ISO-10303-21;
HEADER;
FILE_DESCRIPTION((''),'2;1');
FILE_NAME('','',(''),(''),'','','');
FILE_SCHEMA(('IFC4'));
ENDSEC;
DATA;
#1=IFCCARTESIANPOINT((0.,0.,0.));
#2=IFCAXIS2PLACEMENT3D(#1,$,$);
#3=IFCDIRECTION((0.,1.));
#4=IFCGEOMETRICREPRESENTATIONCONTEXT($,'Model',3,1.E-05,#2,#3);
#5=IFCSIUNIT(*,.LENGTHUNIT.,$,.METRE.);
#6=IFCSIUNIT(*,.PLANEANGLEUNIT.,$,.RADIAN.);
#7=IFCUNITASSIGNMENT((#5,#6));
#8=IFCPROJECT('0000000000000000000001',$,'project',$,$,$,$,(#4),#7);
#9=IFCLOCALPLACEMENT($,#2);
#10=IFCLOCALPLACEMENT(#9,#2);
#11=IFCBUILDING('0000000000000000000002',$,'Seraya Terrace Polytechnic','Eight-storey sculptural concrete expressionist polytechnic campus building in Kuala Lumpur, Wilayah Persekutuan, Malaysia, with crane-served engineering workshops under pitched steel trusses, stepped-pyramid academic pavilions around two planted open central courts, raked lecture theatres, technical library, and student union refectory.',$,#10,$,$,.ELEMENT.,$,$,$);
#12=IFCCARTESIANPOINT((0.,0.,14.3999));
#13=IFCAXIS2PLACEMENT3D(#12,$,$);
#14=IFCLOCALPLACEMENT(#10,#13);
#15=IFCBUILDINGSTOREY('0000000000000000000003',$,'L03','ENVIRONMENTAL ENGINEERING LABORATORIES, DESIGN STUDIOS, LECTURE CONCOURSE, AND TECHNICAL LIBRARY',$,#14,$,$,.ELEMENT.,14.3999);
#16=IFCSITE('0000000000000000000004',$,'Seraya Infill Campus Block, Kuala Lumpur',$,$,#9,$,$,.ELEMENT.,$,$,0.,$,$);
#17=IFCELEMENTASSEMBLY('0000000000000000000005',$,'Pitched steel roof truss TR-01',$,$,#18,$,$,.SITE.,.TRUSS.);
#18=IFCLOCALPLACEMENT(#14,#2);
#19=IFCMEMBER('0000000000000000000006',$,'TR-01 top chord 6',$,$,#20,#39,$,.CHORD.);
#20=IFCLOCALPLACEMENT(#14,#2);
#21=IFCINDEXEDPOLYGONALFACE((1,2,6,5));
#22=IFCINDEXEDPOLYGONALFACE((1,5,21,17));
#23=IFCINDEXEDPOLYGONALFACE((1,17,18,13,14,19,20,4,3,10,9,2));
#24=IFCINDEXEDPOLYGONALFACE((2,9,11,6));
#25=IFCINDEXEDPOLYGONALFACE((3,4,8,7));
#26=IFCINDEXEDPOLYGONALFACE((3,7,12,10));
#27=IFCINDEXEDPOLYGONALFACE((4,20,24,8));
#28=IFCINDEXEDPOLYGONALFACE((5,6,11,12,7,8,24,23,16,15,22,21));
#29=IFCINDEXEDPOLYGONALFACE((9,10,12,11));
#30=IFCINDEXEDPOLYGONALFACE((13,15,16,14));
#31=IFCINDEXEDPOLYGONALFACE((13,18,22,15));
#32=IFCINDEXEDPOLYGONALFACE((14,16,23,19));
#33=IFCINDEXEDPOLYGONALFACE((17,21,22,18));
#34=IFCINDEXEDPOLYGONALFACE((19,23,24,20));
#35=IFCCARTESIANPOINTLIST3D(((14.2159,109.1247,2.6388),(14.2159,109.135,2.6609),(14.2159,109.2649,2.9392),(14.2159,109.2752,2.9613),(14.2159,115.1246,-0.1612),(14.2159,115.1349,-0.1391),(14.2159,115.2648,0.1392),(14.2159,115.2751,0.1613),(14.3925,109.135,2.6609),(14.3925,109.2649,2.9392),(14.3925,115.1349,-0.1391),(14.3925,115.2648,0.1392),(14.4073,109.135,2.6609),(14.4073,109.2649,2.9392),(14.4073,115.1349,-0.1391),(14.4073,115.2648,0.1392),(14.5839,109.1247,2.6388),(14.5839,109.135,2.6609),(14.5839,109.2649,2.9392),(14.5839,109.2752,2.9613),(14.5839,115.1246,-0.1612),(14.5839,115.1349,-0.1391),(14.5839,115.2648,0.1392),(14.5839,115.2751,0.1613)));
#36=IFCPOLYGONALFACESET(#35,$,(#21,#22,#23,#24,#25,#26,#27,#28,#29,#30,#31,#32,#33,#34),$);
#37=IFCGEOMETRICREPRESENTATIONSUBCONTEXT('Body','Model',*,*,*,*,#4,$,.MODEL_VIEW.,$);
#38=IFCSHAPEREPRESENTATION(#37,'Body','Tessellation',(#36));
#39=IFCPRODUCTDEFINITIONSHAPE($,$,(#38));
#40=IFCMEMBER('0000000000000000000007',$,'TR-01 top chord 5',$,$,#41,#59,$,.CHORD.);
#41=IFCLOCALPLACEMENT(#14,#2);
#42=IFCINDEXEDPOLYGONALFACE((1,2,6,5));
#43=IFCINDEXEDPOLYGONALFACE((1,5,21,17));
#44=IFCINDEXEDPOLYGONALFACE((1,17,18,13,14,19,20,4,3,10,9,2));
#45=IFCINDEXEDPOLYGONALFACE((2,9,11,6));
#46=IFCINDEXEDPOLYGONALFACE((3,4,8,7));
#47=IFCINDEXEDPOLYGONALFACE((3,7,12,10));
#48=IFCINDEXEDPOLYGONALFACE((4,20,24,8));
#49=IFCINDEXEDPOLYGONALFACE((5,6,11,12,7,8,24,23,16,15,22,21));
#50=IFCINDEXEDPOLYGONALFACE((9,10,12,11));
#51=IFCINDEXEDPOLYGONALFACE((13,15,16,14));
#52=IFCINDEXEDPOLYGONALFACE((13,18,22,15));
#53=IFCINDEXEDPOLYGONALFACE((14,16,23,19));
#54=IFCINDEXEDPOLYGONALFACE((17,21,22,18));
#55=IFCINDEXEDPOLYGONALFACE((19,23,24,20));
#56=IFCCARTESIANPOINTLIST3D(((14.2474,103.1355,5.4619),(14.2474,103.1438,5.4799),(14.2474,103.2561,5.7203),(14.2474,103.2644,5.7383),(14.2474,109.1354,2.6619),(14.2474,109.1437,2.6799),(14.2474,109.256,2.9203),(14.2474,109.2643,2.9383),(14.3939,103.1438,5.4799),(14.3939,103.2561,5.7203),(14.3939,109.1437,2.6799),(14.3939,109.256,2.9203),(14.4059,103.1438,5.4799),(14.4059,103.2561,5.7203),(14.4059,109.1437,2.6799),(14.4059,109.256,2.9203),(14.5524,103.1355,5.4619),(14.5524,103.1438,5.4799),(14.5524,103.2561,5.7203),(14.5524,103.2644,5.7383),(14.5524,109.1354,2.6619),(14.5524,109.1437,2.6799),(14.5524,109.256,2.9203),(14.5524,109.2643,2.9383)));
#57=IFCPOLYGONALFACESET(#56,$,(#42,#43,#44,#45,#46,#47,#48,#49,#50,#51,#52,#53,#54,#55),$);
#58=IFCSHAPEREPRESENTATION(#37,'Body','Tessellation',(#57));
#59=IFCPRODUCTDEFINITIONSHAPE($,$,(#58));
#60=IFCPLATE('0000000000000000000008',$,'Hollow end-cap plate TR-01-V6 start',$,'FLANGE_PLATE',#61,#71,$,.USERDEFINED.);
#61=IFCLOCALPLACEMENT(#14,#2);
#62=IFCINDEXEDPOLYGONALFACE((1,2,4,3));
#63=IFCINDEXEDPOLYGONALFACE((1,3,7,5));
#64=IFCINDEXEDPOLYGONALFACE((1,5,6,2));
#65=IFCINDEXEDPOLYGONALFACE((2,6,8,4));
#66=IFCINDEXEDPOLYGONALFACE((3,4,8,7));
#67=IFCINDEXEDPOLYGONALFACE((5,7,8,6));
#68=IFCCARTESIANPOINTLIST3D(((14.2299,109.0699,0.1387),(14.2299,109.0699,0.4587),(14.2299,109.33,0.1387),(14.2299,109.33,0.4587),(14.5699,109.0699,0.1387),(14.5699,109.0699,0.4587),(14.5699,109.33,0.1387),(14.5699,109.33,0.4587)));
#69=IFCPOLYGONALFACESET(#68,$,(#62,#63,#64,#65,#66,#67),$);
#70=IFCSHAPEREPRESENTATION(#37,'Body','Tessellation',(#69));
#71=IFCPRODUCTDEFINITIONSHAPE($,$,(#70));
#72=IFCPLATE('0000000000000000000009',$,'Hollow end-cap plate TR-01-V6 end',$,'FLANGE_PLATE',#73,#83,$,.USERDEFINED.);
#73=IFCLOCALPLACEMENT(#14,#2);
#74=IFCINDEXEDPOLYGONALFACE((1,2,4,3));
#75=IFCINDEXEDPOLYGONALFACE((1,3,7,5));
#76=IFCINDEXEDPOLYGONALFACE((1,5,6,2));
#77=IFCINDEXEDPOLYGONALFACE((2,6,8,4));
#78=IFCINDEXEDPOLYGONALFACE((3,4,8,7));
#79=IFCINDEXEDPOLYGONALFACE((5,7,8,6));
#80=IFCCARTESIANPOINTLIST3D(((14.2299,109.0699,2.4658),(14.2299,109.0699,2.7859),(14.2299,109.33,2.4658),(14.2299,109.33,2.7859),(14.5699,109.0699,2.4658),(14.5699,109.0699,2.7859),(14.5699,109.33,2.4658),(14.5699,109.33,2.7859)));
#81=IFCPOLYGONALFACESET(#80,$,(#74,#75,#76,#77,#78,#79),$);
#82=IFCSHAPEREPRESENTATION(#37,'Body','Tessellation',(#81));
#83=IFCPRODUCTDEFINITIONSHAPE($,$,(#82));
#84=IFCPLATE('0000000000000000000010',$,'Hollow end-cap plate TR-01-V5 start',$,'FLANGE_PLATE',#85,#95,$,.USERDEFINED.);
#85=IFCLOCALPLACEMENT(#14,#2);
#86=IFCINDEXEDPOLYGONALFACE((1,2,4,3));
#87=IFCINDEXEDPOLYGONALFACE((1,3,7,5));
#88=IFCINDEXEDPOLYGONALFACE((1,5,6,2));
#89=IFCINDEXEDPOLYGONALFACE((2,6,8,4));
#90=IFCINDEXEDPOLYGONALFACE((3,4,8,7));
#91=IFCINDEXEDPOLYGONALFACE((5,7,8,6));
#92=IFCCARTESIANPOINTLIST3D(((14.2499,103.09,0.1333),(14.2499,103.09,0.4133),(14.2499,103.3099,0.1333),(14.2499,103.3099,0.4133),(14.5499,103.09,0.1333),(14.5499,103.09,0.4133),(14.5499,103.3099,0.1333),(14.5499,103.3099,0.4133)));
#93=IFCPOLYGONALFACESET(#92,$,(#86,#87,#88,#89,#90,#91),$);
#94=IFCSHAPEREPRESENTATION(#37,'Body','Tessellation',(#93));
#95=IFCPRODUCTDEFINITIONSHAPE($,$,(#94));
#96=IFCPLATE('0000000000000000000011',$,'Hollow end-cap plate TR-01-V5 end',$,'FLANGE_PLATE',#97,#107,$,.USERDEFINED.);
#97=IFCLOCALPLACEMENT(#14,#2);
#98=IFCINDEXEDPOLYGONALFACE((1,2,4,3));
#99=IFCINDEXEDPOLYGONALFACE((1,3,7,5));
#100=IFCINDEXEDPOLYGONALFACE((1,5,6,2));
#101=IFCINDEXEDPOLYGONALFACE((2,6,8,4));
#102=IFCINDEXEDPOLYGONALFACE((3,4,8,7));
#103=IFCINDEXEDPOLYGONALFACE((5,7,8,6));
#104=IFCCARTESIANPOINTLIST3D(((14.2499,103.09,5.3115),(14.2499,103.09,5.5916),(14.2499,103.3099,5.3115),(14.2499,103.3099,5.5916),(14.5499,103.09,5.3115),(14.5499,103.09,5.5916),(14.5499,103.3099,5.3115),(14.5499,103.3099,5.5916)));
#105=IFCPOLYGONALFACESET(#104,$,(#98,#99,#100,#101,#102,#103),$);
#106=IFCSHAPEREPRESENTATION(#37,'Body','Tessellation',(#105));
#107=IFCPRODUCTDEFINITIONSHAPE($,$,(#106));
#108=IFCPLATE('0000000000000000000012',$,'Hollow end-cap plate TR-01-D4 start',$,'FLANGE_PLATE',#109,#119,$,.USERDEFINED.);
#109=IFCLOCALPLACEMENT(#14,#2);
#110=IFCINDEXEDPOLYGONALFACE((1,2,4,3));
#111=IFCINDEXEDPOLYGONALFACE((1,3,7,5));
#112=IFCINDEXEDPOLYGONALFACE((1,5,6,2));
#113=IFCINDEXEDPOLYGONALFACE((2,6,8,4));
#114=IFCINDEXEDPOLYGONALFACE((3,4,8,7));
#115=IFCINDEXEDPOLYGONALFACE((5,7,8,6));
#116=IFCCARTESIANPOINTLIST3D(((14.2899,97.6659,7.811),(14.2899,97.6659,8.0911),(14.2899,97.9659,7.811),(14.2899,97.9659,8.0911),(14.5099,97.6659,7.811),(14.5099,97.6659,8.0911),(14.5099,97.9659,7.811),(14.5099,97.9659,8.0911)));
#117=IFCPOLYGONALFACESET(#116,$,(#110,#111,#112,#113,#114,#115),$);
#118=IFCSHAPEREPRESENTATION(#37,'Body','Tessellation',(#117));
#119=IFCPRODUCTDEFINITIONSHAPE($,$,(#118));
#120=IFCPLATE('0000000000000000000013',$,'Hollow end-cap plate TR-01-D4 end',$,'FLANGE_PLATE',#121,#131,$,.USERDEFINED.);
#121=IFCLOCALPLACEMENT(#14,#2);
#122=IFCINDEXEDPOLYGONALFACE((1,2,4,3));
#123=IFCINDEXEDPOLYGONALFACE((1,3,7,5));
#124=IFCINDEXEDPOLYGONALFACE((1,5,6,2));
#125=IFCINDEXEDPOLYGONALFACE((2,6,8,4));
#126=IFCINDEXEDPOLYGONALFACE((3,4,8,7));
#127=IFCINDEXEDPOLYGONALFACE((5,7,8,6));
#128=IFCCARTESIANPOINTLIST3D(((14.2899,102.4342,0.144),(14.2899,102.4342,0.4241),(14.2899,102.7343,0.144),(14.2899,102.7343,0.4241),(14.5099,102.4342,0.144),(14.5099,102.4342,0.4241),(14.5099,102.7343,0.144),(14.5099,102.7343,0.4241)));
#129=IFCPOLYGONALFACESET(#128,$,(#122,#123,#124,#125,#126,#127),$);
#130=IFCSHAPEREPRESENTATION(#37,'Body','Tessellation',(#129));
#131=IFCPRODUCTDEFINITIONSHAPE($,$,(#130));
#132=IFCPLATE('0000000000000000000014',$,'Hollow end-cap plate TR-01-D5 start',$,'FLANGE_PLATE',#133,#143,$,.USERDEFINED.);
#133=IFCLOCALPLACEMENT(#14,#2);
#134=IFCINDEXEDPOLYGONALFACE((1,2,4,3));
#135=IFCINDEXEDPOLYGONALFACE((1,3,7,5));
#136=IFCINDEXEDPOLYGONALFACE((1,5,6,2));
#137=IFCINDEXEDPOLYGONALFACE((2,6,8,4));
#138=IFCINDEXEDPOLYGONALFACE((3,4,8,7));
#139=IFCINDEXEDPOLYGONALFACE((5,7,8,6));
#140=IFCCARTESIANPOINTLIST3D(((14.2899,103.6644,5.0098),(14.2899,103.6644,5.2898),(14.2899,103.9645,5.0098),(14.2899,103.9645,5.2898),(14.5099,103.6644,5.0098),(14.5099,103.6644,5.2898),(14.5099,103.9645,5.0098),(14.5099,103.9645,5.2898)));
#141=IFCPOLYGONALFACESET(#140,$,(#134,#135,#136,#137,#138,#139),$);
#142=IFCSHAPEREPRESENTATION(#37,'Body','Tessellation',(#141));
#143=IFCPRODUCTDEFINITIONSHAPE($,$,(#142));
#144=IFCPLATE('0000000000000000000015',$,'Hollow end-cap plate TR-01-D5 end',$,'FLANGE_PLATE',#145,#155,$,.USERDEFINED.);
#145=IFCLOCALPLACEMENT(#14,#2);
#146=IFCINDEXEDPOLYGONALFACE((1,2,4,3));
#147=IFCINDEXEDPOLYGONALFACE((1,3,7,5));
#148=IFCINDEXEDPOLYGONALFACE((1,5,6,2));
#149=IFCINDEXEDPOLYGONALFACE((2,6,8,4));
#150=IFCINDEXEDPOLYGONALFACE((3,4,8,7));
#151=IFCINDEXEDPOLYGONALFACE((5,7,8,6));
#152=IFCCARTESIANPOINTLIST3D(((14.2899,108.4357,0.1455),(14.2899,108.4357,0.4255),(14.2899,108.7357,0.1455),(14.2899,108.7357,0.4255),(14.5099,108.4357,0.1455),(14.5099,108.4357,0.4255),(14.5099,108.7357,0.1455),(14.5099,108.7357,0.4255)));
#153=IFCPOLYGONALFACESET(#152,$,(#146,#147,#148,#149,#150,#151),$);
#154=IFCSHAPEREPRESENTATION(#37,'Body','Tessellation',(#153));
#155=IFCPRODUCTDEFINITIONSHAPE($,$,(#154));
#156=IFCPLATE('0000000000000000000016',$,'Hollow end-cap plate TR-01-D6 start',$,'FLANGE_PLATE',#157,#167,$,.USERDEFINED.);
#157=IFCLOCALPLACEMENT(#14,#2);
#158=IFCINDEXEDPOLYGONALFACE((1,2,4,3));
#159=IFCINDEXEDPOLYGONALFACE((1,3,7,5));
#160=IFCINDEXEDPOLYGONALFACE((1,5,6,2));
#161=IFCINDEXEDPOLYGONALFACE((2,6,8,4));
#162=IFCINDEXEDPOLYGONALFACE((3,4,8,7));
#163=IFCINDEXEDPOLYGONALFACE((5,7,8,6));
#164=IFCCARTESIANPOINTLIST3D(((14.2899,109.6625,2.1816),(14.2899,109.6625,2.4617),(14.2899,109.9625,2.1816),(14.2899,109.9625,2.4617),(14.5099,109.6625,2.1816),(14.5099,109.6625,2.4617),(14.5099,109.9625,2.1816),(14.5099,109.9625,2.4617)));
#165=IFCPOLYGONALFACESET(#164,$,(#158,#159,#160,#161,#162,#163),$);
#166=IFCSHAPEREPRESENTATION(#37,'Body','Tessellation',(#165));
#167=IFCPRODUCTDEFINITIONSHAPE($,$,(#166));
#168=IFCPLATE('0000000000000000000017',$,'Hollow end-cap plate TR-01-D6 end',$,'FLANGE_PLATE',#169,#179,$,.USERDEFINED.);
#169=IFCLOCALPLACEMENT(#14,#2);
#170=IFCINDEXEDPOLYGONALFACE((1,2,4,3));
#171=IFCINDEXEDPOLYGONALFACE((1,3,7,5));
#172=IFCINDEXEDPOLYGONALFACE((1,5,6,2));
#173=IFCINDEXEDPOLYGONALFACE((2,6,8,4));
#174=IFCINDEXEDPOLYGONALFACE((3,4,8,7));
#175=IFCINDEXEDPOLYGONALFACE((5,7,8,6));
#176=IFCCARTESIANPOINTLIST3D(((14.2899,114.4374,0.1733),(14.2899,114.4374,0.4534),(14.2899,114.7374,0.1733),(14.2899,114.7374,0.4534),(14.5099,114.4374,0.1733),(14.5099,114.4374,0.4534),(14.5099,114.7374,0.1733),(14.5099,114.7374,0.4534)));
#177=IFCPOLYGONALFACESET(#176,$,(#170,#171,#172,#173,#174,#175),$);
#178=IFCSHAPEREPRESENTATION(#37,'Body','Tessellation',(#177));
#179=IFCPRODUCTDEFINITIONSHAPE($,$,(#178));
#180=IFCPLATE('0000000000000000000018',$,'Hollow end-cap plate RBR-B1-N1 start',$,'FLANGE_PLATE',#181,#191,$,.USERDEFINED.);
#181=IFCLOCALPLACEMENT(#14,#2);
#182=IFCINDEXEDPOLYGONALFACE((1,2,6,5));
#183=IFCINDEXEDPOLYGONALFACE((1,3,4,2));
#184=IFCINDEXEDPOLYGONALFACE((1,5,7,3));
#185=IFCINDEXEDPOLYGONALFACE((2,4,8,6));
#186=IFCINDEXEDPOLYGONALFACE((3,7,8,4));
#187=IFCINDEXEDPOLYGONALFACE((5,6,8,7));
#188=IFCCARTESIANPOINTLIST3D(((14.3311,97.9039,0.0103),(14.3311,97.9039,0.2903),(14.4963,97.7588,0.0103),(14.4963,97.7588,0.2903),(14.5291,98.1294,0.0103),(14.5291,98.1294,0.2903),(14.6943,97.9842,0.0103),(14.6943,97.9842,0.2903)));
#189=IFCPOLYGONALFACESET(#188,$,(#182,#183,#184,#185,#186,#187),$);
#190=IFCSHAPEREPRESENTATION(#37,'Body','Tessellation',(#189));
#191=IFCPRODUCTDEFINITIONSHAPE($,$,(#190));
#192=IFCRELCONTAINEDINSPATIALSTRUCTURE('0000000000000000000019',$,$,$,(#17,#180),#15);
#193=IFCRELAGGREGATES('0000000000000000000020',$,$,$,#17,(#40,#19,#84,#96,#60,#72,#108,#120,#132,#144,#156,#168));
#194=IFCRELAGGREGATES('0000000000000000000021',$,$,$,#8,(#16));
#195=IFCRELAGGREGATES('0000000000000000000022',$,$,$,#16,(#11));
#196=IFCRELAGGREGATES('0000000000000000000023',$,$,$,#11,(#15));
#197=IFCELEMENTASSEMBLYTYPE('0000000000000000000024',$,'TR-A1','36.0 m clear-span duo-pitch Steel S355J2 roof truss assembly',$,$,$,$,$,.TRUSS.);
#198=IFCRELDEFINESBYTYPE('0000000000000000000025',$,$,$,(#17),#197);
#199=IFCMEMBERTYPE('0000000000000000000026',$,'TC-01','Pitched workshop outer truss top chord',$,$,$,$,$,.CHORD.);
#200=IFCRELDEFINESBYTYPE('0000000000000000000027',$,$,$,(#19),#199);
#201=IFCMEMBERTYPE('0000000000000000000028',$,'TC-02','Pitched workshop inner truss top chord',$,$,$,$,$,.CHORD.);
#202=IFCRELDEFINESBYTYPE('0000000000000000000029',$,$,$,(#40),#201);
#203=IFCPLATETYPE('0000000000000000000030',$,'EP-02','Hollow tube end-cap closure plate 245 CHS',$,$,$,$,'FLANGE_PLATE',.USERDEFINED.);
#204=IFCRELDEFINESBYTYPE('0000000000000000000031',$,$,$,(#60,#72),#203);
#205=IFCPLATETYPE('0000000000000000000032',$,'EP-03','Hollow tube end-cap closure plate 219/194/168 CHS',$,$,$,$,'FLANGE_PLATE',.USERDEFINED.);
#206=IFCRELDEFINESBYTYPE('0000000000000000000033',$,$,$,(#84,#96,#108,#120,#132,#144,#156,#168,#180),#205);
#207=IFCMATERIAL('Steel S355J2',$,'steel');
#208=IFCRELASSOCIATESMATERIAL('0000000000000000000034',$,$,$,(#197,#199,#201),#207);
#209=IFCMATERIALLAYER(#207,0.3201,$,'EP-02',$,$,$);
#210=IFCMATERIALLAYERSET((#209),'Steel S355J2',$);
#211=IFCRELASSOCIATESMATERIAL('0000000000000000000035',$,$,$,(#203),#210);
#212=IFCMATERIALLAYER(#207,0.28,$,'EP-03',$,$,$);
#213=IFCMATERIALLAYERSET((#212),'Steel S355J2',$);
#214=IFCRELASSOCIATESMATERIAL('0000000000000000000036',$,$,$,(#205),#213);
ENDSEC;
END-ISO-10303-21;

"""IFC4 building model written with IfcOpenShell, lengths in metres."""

from ifc_helpers import new_model, si_unit, direction, frame, origin, origin_2d, place, context, subcontext, project, spatial, rectangle, i_section, extrude, material, layer, layer_set, material_profile, profile_set, type_object, element, aggregate, save


model = new_model("IFC4")

# Units and contexts
model_context = context("Model", 3, precision=1e-05, world=origin(), true_north=direction((0.0, 1.0)))
body_context = subcontext(model_context, "Body", "Model", "MODEL_VIEW")
ifc_project = project(units=[si_unit("LENGTHUNIT", "METRE"), si_unit("PLANEANGLEUNIT", "RADIAN")], contexts=[model_context])

# Site, building, storey
site_placement = place(None, origin())
site = spatial("IfcSite", under=ifc_project, at=site_placement, Name="Seraya Infill Campus Block, Kuala Lumpur", CompositionType="ELEMENT", RefElevation=0.0)
building_placement = place(site_placement, origin())
building = spatial("IfcBuilding", under=site, at=building_placement, Name="Seraya Terrace Polytechnic", Description="Eight-storey sculptural concrete expressionist polytechnic campus building in Kuala Lumpur, Wilayah Persekutuan, Malaysia, with crane-served engineering workshops under pitched steel trusses, stepped-pyramid academic pavilions around two planted open central courts, raked lecture theatres, technical library, and student union refectory.", CompositionType="ELEMENT")
storey_placement = place(building_placement, frame((0.0, 0.0, 14.3999)))
storey = spatial("IfcBuildingStorey", under=building, at=storey_placement, Name="L03", Description="ENVIRONMENTAL ENGINEERING LABORATORIES, DESIGN STUDIOS, LECTURE CONCOURSE, AND TECHNICAL LIBRARY", CompositionType="ELEMENT", Elevation=14.3999)

# Element assembly
ifc_material_1 = material(Name="Steel S355J2", Category="steel")
element_assembly_type = type_object("IfcElementAssemblyType", Name="TR-A1", Description="36.0 m clear-span duo-pitch Steel S355J2 roof truss assembly", PredefinedType="TRUSS", material=ifc_material_1)
assembly_placement = place(storey_placement, origin())
assembly = element("IfcElementAssembly", 1, at=assembly_placement, inside=storey, type_object=element_assembly_type, Name="Pitched steel roof truss TR-01", AssemblyPlace="SITE", PredefinedType="TRUSS")

# Members
ifc_material_profile_1 = material_profile(ifc_material_1, i_section(OverallWidth=0.3679, OverallDepth=0.356, WebThickness=0.0149, FlangeThickness=0.0244, at=origin_2d()), Name="UKC 356x368x15.0x24.4")
ifc_profile_set_1 = profile_set([ifc_material_profile_1], Name="Steel S355J2")
member_type_1 = type_object("IfcMemberType", Name="TC-01", Description="Pitched workshop outer truss top chord", PredefinedType="CHORD", material=ifc_profile_set_1)
member_1_placement = place(storey_placement, frame((14.3999, 109.2, 2.8), z_axis=(0.0, 0.90618, -0.422892), x_axis=(-1.0, 0.0, 0.0)))
member_1 = element("IfcMember", 2, at=member_1_placement, type_object=member_type_1, Name="TR-01 top chord 6", PredefinedType="CHORD", context=body_context, shape_type="SweptSolid", body=[
    extrude(i_section(OverallWidth=0.3679, OverallDepth=0.356, WebThickness=0.0149, FlangeThickness=0.0244, at=origin_2d()), origin(), (0.0, 0.0, 1.0), 6.6211),
])
ifc_material_profile_2 = material_profile(ifc_material_1, i_section(OverallWidth=0.3049, OverallDepth=0.3049, WebThickness=0.012, FlangeThickness=0.0198, at=origin_2d()), Name="UKC 305x305x12.0x19.7")
ifc_profile_set_2 = profile_set([ifc_material_profile_2], Name="Steel S355J2")
member_type_2 = type_object("IfcMemberType", Name="TC-02", Description="Pitched workshop inner truss top chord", PredefinedType="CHORD", material=ifc_profile_set_2)
member_2_placement = place(storey_placement, frame((14.3999, 103.2, 5.6001), z_axis=(0.0, 0.90618, -0.422892), x_axis=(-1.0, 0.0, 0.0)))
member_2 = element("IfcMember", 3, at=member_2_placement, type_object=member_type_2, Name="TR-01 top chord 5", PredefinedType="CHORD", context=body_context, shape_type="SweptSolid", body=[
    extrude(i_section(OverallWidth=0.3049, OverallDepth=0.3049, WebThickness=0.012, FlangeThickness=0.0198, at=origin_2d()), origin(), (0.0, 0.0, 1.0), 6.6211),
])

# Plates
ifc_layer_1 = layer(ifc_material_1, 0.3201, Name="EP-02")
ifc_layer_set_1 = layer_set([ifc_layer_1], Name="Steel S355J2")
plate_type_1 = type_object("IfcPlateType", Name="EP-02", Description="Hollow tube end-cap closure plate 245 CHS", ElementType="FLANGE_PLATE", PredefinedType="USERDEFINED", material=ifc_layer_set_1)
plate_1_placement = place(storey_placement, frame((14.3999, 109.2, 0.1387), z_axis=(0.0, 0.0, 1.0), x_axis=(1.0, 0.0, 0.0)))
plate_1 = element("IfcPlate", 4, at=plate_1_placement, type_object=plate_type_1, Name="Hollow end-cap plate TR-01-V6 start", ObjectType="FLANGE_PLATE", PredefinedType="USERDEFINED", context=body_context, shape_type="SweptSolid", body=[
    extrude(rectangle(XDim=0.3401, YDim=0.26, at=origin_2d()), origin(), (0.0, 0.0, 1.0), 0.3201),
])
plate_2_placement = place(storey_placement, frame((14.3999, 109.2, 2.4658), z_axis=(0.0, 0.0, 1.0), x_axis=(1.0, 0.0, 0.0)))
plate_2 = element("IfcPlate", 5, at=plate_2_placement, type_object=plate_type_1, Name="Hollow end-cap plate TR-01-V6 end", ObjectType="FLANGE_PLATE", PredefinedType="USERDEFINED", context=body_context, shape_type="SweptSolid", body=[
    extrude(rectangle(XDim=0.3401, YDim=0.26, at=origin_2d()), origin(), (0.0, 0.0, 1.0), 0.3201),
])
ifc_layer_2 = layer(ifc_material_1, 0.28, Name="EP-03")
ifc_layer_set_2 = layer_set([ifc_layer_2], Name="Steel S355J2")
plate_type_2 = type_object("IfcPlateType", Name="EP-03", Description="Hollow tube end-cap closure plate 219/194/168 CHS", ElementType="FLANGE_PLATE", PredefinedType="USERDEFINED", material=ifc_layer_set_2)
plate_3_placement = place(storey_placement, frame((14.3999, 103.2, 0.1333), z_axis=(0.0, 0.0, 1.0), x_axis=(1.0, 0.0, 0.0)))
plate_3 = element("IfcPlate", 6, at=plate_3_placement, type_object=plate_type_2, Name="Hollow end-cap plate TR-01-V5 start", ObjectType="FLANGE_PLATE", PredefinedType="USERDEFINED", context=body_context, shape_type="SweptSolid", body=[
    extrude(rectangle(XDim=0.3, YDim=0.22, at=origin_2d()), origin(), (0.0, 0.0, 1.0), 0.28),
])
plate_4_placement = place(storey_placement, frame((14.3999, 103.2, 5.3115), z_axis=(0.0, 0.0, 1.0), x_axis=(1.0, 0.0, 0.0)))
plate_4 = element("IfcPlate", 7, at=plate_4_placement, type_object=plate_type_2, Name="Hollow end-cap plate TR-01-V5 end", ObjectType="FLANGE_PLATE", PredefinedType="USERDEFINED", context=body_context, shape_type="SweptSolid", body=[
    extrude(rectangle(XDim=0.3, YDim=0.22, at=origin_2d()), origin(), (0.0, 0.0, 1.0), 0.28),
])
plate_5_placement = place(storey_placement, frame((14.3999, 97.8159, 7.811), z_axis=(0.0, 0.0, 1.0), x_axis=(0.0, 1.0, 0.0)))
plate_5 = element("IfcPlate", 8, at=plate_5_placement, type_object=plate_type_2, Name="Hollow end-cap plate TR-01-D4 start", ObjectType="FLANGE_PLATE", PredefinedType="USERDEFINED", context=body_context, shape_type="SweptSolid", body=[
    extrude(rectangle(XDim=0.3, YDim=0.22, at=origin_2d()), origin(), (0.0, 0.0, 1.0), 0.28),
])
plate_6_placement = place(storey_placement, frame((14.3999, 102.5842, 0.144), z_axis=(0.0, 0.0, 1.0), x_axis=(0.0, 1.0, 0.0)))
plate_6 = element("IfcPlate", 9, at=plate_6_placement, type_object=plate_type_2, Name="Hollow end-cap plate TR-01-D4 end", ObjectType="FLANGE_PLATE", PredefinedType="USERDEFINED", context=body_context, shape_type="SweptSolid", body=[
    extrude(rectangle(XDim=0.3, YDim=0.22, at=origin_2d()), origin(), (0.0, 0.0, 1.0), 0.28),
])
plate_7_placement = place(storey_placement, frame((14.3999, 103.8145, 5.0098), z_axis=(0.0, 0.0, 1.0), x_axis=(0.0, 1.0, 0.0)))
plate_7 = element("IfcPlate", 10, at=plate_7_placement, type_object=plate_type_2, Name="Hollow end-cap plate TR-01-D5 start", ObjectType="FLANGE_PLATE", PredefinedType="USERDEFINED", context=body_context, shape_type="SweptSolid", body=[
    extrude(rectangle(XDim=0.3, YDim=0.22, at=origin_2d()), origin(), (0.0, 0.0, 1.0), 0.28),
])
plate_8_placement = place(storey_placement, frame((14.3999, 108.5857, 0.1455), z_axis=(0.0, 0.0, 1.0), x_axis=(0.0, 1.0, 0.0)))
plate_8 = element("IfcPlate", 11, at=plate_8_placement, type_object=plate_type_2, Name="Hollow end-cap plate TR-01-D5 end", ObjectType="FLANGE_PLATE", PredefinedType="USERDEFINED", context=body_context, shape_type="SweptSolid", body=[
    extrude(rectangle(XDim=0.3, YDim=0.22, at=origin_2d()), origin(), (0.0, 0.0, 1.0), 0.28),
])
plate_9_placement = place(storey_placement, frame((14.3999, 109.8125, 2.1816), z_axis=(0.0, 0.0, 1.0), x_axis=(0.0, 1.0, 0.0)))
plate_9 = element("IfcPlate", 12, at=plate_9_placement, type_object=plate_type_2, Name="Hollow end-cap plate TR-01-D6 start", ObjectType="FLANGE_PLATE", PredefinedType="USERDEFINED", context=body_context, shape_type="SweptSolid", body=[
    extrude(rectangle(XDim=0.3, YDim=0.22, at=origin_2d()), origin(), (0.0, 0.0, 1.0), 0.28),
])
plate_10_placement = place(storey_placement, frame((14.3999, 114.5874, 0.1733), z_axis=(0.0, 0.0, 1.0), x_axis=(0.0, 1.0, 0.0)))
plate_10 = element("IfcPlate", 13, at=plate_10_placement, type_object=plate_type_2, Name="Hollow end-cap plate TR-01-D6 end", ObjectType="FLANGE_PLATE", PredefinedType="USERDEFINED", context=body_context, shape_type="SweptSolid", body=[
    extrude(rectangle(XDim=0.3, YDim=0.22, at=origin_2d()), origin(), (0.0, 0.0, 1.0), 0.28),
])

# Plate
for number, where, z_axis, x_axis, name in (
    (14, (14.5127, 97.9441, 0.0103), (0.0, 0.0, 1.0), (0.659871, 0.751379, 0.0), "Hollow end-cap plate RBR-B1-N1 start"),
):
    element("IfcPlate", number, at=place(storey_placement, frame(where, z_axis=z_axis, x_axis=x_axis)), inside=storey, type_object=plate_type_2, Name=name, ObjectType="FLANGE_PLATE", PredefinedType="USERDEFINED", context=body_context, shape_type="SweptSolid", body=[
        extrude(rectangle(XDim=0.3, YDim=0.22, at=origin_2d()), origin(), (0.0, 0.0, 1.0), 0.28),
    ])

aggregate(assembly, [member_2, member_1, plate_3, plate_4, plate_1, plate_2, plate_5, plate_6, plate_7, plate_8, plate_9, plate_10])

save(model, "model.ifc")
